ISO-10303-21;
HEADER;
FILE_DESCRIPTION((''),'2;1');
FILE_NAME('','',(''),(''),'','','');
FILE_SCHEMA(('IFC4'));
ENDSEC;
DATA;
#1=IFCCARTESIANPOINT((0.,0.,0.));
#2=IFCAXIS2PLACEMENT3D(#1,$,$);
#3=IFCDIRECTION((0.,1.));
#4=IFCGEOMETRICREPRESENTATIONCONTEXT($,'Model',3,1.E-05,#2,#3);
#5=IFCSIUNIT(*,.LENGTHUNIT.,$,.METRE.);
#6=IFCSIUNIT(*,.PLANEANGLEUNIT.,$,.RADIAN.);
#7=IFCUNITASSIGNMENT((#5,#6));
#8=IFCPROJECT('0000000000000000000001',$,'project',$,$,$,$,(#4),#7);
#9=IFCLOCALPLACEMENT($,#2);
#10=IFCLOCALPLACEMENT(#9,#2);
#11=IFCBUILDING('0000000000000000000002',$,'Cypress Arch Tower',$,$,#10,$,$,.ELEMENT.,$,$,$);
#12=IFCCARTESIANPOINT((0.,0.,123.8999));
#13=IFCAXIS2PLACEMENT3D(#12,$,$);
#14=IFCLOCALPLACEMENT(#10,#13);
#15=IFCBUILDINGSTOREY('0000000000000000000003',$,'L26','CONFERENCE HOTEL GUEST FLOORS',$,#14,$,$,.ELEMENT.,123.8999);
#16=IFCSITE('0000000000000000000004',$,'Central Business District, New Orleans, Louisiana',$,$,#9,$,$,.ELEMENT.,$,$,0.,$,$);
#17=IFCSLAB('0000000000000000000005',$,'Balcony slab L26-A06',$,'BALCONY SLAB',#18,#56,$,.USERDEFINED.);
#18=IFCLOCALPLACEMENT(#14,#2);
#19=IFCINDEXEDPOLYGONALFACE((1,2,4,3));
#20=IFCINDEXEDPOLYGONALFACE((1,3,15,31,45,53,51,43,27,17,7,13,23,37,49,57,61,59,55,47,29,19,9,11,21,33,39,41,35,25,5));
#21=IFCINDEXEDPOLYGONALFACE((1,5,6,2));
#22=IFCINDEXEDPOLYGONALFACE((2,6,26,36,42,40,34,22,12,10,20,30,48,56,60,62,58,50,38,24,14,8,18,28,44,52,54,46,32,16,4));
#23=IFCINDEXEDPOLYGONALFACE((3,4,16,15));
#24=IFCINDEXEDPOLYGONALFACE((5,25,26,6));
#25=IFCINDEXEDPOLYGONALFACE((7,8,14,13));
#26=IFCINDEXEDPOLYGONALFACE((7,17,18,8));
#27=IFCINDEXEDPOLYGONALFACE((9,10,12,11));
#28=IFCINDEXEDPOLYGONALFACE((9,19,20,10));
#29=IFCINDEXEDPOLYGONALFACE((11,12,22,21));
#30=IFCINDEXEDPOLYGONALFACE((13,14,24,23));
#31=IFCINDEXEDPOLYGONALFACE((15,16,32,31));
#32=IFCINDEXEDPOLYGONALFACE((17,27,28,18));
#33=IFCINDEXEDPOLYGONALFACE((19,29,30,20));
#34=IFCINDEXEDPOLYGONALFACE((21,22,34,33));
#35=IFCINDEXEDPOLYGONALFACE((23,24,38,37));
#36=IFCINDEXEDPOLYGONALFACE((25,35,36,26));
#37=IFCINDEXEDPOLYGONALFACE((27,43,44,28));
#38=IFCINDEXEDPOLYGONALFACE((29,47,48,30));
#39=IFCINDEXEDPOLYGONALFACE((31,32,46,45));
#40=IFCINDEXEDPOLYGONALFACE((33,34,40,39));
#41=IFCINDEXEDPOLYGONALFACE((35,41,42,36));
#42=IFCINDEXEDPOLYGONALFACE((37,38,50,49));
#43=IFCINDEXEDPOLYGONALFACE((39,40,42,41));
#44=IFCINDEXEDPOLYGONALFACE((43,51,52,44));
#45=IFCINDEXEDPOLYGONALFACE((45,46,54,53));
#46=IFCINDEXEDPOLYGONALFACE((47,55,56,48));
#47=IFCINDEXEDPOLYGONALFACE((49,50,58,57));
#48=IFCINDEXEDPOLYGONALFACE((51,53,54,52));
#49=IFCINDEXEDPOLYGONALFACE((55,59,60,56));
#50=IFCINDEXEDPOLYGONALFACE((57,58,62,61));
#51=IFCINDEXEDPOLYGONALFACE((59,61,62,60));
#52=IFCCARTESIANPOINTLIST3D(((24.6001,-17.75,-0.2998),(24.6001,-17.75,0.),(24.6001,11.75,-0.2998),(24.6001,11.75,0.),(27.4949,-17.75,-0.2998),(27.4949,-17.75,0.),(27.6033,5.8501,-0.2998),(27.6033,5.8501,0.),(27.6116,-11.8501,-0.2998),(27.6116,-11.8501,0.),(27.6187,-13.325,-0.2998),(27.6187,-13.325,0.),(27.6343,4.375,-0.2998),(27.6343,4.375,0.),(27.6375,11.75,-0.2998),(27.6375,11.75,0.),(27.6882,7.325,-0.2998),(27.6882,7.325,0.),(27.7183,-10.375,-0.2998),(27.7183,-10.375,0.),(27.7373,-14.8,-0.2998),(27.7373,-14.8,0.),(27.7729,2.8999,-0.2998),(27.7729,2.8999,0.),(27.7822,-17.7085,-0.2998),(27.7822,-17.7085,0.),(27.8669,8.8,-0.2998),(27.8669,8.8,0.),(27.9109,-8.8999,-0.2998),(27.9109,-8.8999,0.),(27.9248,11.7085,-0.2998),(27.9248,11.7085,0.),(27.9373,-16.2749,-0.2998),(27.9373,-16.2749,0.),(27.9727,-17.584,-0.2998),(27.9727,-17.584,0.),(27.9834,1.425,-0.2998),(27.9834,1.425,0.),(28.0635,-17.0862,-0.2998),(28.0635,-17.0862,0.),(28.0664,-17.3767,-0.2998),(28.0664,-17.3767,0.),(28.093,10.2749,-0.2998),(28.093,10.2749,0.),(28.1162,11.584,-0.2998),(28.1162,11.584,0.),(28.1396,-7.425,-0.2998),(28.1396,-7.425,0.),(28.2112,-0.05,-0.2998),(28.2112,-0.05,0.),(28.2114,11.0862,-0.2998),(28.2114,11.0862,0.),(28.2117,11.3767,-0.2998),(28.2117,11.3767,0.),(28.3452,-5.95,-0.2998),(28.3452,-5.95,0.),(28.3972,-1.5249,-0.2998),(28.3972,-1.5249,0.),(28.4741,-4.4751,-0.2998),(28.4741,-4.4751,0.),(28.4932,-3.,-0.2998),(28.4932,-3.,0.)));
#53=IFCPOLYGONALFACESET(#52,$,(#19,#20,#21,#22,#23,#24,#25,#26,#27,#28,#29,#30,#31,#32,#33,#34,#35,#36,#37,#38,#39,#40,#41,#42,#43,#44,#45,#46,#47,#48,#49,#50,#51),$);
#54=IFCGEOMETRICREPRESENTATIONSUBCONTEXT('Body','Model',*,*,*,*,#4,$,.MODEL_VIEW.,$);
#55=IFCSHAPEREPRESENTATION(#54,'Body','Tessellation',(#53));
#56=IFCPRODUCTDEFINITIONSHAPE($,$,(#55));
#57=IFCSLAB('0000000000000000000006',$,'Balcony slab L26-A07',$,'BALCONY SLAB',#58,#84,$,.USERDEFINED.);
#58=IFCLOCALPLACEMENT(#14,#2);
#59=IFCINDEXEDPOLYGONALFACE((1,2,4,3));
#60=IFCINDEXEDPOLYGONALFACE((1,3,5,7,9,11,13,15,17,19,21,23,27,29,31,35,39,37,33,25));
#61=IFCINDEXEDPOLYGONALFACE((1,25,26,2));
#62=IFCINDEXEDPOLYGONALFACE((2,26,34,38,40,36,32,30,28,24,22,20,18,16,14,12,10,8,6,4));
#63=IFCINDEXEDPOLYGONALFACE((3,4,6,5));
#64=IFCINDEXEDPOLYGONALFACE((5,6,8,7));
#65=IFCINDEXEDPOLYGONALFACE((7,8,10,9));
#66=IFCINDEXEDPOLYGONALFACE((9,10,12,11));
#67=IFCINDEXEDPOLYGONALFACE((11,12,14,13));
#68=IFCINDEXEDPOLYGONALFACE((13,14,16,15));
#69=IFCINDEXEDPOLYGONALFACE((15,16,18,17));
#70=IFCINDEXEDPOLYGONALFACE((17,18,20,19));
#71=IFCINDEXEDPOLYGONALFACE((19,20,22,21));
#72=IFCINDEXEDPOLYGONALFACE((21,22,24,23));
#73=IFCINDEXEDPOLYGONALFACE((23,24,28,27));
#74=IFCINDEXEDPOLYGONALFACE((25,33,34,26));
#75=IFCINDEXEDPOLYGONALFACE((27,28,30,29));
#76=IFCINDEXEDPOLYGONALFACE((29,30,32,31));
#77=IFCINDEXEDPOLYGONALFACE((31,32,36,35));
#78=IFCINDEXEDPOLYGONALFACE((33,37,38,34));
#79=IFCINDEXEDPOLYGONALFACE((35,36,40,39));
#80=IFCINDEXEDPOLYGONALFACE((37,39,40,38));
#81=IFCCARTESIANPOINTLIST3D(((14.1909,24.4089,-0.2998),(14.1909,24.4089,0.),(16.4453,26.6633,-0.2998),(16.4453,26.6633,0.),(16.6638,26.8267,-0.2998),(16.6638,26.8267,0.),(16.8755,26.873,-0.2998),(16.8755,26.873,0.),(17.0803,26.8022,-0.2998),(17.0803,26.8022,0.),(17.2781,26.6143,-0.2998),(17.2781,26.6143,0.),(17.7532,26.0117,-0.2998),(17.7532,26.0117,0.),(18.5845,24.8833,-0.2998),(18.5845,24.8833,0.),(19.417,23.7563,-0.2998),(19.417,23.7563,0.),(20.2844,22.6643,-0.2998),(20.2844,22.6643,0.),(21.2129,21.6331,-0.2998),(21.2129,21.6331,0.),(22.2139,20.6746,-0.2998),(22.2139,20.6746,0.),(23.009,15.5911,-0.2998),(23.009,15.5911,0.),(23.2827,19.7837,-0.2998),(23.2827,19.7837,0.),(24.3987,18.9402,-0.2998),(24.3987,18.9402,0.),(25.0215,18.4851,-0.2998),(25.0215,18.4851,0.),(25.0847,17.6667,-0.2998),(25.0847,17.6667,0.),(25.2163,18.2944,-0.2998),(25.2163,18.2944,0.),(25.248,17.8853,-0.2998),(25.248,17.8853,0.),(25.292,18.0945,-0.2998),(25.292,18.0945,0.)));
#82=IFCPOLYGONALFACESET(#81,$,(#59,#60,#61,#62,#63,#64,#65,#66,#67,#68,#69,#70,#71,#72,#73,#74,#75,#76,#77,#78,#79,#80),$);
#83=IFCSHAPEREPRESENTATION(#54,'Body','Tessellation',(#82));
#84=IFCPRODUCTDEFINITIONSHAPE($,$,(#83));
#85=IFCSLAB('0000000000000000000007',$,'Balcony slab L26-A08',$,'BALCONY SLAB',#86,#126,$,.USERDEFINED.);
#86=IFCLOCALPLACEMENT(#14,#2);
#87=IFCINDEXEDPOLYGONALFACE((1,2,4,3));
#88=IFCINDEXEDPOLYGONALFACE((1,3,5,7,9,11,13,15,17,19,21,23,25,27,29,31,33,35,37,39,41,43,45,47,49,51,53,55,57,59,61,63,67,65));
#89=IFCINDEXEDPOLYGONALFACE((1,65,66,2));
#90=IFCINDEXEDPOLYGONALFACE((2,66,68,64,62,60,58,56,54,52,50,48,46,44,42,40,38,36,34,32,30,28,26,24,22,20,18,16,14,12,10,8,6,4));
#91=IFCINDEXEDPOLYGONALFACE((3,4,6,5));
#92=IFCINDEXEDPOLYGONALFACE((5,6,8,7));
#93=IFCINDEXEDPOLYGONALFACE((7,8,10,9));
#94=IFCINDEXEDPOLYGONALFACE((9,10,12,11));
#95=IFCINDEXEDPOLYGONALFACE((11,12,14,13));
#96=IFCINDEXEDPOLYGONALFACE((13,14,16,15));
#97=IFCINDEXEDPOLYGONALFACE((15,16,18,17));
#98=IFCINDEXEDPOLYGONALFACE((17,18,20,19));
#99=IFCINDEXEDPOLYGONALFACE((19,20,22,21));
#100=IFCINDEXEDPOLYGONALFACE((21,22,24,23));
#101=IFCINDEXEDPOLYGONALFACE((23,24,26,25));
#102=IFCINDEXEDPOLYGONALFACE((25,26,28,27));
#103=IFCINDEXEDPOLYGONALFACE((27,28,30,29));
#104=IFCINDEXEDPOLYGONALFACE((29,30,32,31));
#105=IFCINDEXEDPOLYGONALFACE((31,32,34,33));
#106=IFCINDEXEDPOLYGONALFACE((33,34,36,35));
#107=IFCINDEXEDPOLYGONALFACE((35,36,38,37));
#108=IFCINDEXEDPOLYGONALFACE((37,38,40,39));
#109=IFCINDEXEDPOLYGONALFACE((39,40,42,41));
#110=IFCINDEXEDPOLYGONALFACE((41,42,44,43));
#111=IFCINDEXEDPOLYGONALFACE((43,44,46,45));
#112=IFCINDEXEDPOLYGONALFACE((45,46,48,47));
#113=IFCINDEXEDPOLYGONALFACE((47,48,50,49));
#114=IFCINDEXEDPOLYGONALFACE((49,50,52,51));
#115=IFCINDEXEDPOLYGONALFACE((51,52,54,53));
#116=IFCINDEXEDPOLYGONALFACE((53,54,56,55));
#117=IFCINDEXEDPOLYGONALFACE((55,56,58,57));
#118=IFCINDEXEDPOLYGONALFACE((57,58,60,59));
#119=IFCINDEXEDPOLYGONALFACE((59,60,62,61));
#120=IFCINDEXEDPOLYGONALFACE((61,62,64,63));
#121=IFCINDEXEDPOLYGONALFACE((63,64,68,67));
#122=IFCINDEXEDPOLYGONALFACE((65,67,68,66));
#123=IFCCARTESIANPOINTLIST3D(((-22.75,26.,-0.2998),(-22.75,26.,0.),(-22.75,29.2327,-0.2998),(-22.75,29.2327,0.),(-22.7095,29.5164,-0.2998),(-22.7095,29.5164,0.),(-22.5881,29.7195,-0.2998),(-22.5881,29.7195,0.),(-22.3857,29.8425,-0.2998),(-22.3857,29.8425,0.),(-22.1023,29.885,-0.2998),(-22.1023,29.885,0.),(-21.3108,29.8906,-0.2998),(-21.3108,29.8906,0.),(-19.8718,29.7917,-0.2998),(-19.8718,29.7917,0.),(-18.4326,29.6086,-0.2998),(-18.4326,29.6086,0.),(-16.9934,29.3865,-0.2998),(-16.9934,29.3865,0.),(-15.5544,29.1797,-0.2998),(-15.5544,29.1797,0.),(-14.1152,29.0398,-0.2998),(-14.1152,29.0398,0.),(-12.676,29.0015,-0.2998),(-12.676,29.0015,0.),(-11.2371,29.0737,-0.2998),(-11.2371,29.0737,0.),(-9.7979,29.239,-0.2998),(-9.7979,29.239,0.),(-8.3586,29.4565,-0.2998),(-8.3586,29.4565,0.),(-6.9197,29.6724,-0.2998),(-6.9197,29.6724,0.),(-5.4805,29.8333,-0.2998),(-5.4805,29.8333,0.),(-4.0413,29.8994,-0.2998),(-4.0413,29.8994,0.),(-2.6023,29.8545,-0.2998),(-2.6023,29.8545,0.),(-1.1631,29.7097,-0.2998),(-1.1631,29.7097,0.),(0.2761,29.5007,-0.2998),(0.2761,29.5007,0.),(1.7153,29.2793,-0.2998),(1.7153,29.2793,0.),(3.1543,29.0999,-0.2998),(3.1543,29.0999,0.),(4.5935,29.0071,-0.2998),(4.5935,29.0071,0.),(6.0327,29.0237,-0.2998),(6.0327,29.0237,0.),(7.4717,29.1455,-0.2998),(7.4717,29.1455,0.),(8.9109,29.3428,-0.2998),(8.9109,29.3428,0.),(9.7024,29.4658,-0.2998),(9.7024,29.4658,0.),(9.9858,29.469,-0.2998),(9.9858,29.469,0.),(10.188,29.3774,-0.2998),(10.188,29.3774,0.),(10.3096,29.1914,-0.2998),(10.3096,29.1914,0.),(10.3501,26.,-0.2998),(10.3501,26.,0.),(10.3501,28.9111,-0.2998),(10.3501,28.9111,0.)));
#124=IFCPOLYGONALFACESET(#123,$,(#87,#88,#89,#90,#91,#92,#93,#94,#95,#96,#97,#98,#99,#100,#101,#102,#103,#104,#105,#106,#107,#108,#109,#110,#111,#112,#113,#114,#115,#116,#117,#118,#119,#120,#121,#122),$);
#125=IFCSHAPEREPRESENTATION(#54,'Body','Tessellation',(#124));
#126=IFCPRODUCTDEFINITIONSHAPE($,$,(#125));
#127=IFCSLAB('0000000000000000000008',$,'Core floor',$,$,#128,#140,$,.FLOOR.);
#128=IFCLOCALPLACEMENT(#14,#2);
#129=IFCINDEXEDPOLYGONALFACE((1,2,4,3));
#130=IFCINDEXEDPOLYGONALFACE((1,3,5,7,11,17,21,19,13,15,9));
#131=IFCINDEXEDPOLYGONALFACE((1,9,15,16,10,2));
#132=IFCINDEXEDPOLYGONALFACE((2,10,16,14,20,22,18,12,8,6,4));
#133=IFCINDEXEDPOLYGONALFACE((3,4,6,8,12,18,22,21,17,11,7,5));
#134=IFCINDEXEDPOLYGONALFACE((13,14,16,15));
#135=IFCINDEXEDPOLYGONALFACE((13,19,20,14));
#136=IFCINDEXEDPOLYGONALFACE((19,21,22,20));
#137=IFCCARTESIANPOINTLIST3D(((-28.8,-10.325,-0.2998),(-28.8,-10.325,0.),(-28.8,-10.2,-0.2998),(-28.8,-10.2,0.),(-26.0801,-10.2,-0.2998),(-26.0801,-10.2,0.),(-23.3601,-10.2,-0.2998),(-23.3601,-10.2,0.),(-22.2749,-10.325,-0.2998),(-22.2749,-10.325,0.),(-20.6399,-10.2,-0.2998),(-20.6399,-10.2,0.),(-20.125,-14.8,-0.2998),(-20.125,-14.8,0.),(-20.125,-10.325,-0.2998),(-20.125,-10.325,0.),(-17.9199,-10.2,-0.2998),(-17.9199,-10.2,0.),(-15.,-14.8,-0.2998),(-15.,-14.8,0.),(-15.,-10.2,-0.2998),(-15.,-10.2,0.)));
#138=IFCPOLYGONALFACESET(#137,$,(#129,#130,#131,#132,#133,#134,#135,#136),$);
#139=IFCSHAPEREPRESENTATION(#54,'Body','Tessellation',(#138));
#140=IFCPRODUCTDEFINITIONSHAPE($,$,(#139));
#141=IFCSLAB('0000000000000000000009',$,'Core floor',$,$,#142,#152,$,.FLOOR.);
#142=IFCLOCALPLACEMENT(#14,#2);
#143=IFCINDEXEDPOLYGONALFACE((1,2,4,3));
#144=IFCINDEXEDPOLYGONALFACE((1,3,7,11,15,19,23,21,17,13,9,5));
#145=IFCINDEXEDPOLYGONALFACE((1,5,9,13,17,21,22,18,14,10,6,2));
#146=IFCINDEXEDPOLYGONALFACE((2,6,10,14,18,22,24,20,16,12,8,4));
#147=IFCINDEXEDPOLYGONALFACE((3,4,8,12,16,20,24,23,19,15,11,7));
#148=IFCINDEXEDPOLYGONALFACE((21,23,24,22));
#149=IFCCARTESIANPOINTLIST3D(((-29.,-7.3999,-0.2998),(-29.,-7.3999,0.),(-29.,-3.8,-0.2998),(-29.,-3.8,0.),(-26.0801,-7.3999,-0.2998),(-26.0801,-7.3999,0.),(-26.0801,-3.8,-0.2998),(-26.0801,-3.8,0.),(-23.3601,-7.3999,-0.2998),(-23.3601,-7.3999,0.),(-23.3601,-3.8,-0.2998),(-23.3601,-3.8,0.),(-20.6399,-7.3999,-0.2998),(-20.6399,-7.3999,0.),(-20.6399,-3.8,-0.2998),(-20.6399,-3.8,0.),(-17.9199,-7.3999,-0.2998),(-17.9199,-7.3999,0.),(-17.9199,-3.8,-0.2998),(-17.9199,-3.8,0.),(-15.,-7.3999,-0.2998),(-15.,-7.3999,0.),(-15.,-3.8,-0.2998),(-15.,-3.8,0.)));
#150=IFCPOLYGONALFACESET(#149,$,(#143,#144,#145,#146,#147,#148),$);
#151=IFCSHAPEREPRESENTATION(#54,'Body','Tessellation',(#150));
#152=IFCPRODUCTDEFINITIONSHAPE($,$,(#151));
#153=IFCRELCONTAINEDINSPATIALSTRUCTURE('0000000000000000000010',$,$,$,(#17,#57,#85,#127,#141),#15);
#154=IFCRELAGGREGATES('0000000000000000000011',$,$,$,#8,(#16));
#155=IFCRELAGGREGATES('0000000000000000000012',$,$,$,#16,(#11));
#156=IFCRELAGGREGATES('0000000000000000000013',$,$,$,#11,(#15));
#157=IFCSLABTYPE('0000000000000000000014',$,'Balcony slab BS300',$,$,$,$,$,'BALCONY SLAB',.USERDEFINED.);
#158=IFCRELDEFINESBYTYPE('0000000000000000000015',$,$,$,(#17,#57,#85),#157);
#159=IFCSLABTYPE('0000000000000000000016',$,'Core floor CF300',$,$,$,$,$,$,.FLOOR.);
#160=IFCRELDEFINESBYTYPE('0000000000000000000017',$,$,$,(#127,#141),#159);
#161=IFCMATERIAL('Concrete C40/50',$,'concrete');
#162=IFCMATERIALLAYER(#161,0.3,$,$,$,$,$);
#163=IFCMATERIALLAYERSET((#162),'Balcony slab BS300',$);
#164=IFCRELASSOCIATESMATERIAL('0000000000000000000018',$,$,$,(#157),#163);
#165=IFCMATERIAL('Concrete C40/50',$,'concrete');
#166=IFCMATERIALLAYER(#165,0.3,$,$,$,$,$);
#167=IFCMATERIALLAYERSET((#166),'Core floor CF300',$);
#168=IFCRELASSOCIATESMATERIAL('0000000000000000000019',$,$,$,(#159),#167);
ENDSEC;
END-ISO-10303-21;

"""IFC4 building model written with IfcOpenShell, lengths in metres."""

from ifc_helpers import new_model, si_unit, direction, frame, origin, place, context, subcontext, project, spatial, polyline, outline, extrude, material, layer, layer_set, type_object, element, save


model = new_model("IFC4")

# Units and contexts
model_context = context("Model", 3, precision=1e-05, world=origin(), true_north=direction((0.0, 1.0)))
body_context = subcontext(model_context, "Body", "Model", "MODEL_VIEW")
ifc_project = project(units=[si_unit("LENGTHUNIT", "METRE"), si_unit("PLANEANGLEUNIT", "RADIAN")], contexts=[model_context])

# Site, building, storey
site_placement = place(None, origin())
site = spatial("IfcSite", under=ifc_project, at=site_placement, Name="Central Business District, New Orleans, Louisiana", CompositionType="ELEMENT", RefElevation=0.0)
building_placement = place(site_placement, origin())
building = spatial("IfcBuilding", under=site, at=building_placement, Name="Cypress Arch Tower", CompositionType="ELEMENT")
storey_placement = place(building_placement, frame((0.0, 0.0, 123.8999)))
storey = spatial("IfcBuildingStorey", under=building, at=storey_placement, Name="L26", Description="CONFERENCE HOTEL GUEST FLOORS", CompositionType="ELEMENT", Elevation=123.8999)

# Slabs
ifc_material_1 = material(Name="Concrete C40/50", Category="concrete")
ifc_layer_1 = layer(ifc_material_1, 0.3)
ifc_layer_set_1 = layer_set([ifc_layer_1], Name="Balcony slab BS300")
slab_type_1 = type_object("IfcSlabType", Name="Balcony slab BS300", ElementType="BALCONY SLAB", PredefinedType="USERDEFINED", material=ifc_layer_set_1)
slab_1_placement = place(storey_placement, frame((0.0, 0.0, -0.2998)))
element("IfcSlab", 1, at=slab_1_placement, inside=storey, type_object=slab_type_1, Name="Balcony slab L26-A06", ObjectType="BALCONY SLAB", PredefinedType="USERDEFINED", context=body_context, shape_type="SweptSolid", body=[
    extrude(outline(polyline([(24.6001, -17.75), (27.4949, -17.75), (27.7822, -17.7085), (27.9727, -17.584), (28.0664, -17.3767), (28.0635, -17.0862), (27.9373, -16.2749), (27.7373, -14.8), (27.6187, -13.325), (27.6116, -11.8501), (27.7183, -10.375), (27.9109, -8.8999), (28.1396, -7.425), (28.3452, -5.95), (28.4741, -4.4751), (28.4932, -3.0), (28.3972, -1.5249), (28.2112, -0.05), (27.9834, 1.425), (27.7729, 2.8999), (27.6343, 4.375), (27.6033, 5.8501), (27.6882, 7.325), (27.8669, 8.8), (28.093, 10.2749), (28.2114, 11.0862), (28.2117, 11.3767), (28.1162, 11.584), (27.9248, 11.7085), (27.6375, 11.75), (24.6001, 11.75), (24.6001, -17.75)])), origin(), (0.0, 0.0, 1.0), 0.2998),
])
slab_2_placement = place(storey_placement, frame((0.0, 0.0, -0.2998)))
element("IfcSlab", 2, at=slab_2_placement, inside=storey, type_object=slab_type_1, Name="Balcony slab L26-A07", ObjectType="BALCONY SLAB", PredefinedType="USERDEFINED", context=body_context, shape_type="SweptSolid", body=[
    extrude(outline(polyline([(23.009, 15.5911), (25.0847, 17.6667), (25.248, 17.8853), (25.292, 18.0945), (25.2163, 18.2944), (25.0215, 18.4851), (24.3987, 18.9402), (23.2827, 19.7837), (22.2139, 20.6746), (21.2129, 21.6331), (20.2844, 22.6643), (19.417, 23.7563), (18.5845, 24.8833), (17.7532, 26.0117), (17.2781, 26.6143), (17.0803, 26.8022), (16.8755, 26.873), (16.6638, 26.8267), (16.4453, 26.6633), (14.1909, 24.4089), (23.009, 15.5911)])), origin(), (0.0, 0.0, 1.0), 0.2998),
])
slab_3_placement = place(storey_placement, frame((0.0, 0.0, -0.2998)))
element("IfcSlab", 3, at=slab_3_placement, inside=storey, type_object=slab_type_1, Name="Balcony slab L26-A08", ObjectType="BALCONY SLAB", PredefinedType="USERDEFINED", context=body_context, shape_type="SweptSolid", body=[
    extrude(outline(polyline([(10.3501, 26.0), (10.3501, 28.9111), (10.3096, 29.1914), (10.188, 29.3774), (9.9858, 29.469), (9.7024, 29.4658), (8.9109, 29.3428), (7.4717, 29.1455), (6.0327, 29.0237), (4.5935, 29.0071), (3.1543, 29.0999), (1.7153, 29.2793), (0.2761, 29.5007), (-1.1631, 29.7097), (-2.6023, 29.8545), (-4.0413, 29.8994), (-5.4805, 29.8333), (-6.9197, 29.6724), (-8.3586, 29.4565), (-9.7979, 29.239), (-11.2371, 29.0737), (-12.676, 29.0015), (-14.1152, 29.0398), (-15.5544, 29.1797), (-16.9934, 29.3865), (-18.4326, 29.6086), (-19.8718, 29.7917), (-21.3108, 29.8906), (-22.1023, 29.885), (-22.3857, 29.8425), (-22.5881, 29.7195), (-22.7095, 29.5164), (-22.75, 29.2327), (-22.75, 26.0), (10.3501, 26.0)])), origin(), (0.0, 0.0, 1.0), 0.2998),
])
ifc_material_2 = material(Name="Concrete C40/50", Category="concrete")
ifc_layer_2 = layer(ifc_material_2, 0.3)
ifc_layer_set_2 = layer_set([ifc_layer_2], Name="Core floor CF300")
slab_type_2 = type_object("IfcSlabType", Name="Core floor CF300", PredefinedType="FLOOR", material=ifc_layer_set_2)
slab_4_placement = place(storey_placement, frame((0.0, 0.0, -0.2998)))
element("IfcSlab", 4, at=slab_4_placement, inside=storey, type_object=slab_type_2, Name="Core floor", PredefinedType="FLOOR", context=body_context, shape_type="SweptSolid", body=[
    extrude(outline(polyline([(-20.125, -14.8), (-15.0, -14.8), (-15.0, -10.2), (-17.9199, -10.2), (-20.6399, -10.2), (-23.3601, -10.2), (-26.0801, -10.2), (-28.8, -10.2), (-28.8, -10.325), (-22.2749, -10.325), (-20.125, -10.325), (-20.125, -14.8)])), origin(), (0.0, 0.0, 1.0), 0.2998),
])
slab_5_placement = place(storey_placement, frame((0.0, 0.0, -0.2998)))
element("IfcSlab", 5, at=slab_5_placement, inside=storey, type_object=slab_type_2, Name="Core floor", PredefinedType="FLOOR", context=body_context, shape_type="SweptSolid", body=[
    extrude(outline(polyline([(-29.0, -3.8), (-29.0, -7.3999), (-26.0801, -7.3999), (-23.3601, -7.3999), (-20.6399, -7.3999), (-17.9199, -7.3999), (-15.0, -7.3999), (-15.0, -3.8), (-17.9199, -3.8), (-20.6399, -3.8), (-23.3601, -3.8), (-26.0801, -3.8), (-29.0, -3.8)])), origin(), (0.0, 0.0, 1.0), 0.2998),
])

save(model, "model.ifc")
